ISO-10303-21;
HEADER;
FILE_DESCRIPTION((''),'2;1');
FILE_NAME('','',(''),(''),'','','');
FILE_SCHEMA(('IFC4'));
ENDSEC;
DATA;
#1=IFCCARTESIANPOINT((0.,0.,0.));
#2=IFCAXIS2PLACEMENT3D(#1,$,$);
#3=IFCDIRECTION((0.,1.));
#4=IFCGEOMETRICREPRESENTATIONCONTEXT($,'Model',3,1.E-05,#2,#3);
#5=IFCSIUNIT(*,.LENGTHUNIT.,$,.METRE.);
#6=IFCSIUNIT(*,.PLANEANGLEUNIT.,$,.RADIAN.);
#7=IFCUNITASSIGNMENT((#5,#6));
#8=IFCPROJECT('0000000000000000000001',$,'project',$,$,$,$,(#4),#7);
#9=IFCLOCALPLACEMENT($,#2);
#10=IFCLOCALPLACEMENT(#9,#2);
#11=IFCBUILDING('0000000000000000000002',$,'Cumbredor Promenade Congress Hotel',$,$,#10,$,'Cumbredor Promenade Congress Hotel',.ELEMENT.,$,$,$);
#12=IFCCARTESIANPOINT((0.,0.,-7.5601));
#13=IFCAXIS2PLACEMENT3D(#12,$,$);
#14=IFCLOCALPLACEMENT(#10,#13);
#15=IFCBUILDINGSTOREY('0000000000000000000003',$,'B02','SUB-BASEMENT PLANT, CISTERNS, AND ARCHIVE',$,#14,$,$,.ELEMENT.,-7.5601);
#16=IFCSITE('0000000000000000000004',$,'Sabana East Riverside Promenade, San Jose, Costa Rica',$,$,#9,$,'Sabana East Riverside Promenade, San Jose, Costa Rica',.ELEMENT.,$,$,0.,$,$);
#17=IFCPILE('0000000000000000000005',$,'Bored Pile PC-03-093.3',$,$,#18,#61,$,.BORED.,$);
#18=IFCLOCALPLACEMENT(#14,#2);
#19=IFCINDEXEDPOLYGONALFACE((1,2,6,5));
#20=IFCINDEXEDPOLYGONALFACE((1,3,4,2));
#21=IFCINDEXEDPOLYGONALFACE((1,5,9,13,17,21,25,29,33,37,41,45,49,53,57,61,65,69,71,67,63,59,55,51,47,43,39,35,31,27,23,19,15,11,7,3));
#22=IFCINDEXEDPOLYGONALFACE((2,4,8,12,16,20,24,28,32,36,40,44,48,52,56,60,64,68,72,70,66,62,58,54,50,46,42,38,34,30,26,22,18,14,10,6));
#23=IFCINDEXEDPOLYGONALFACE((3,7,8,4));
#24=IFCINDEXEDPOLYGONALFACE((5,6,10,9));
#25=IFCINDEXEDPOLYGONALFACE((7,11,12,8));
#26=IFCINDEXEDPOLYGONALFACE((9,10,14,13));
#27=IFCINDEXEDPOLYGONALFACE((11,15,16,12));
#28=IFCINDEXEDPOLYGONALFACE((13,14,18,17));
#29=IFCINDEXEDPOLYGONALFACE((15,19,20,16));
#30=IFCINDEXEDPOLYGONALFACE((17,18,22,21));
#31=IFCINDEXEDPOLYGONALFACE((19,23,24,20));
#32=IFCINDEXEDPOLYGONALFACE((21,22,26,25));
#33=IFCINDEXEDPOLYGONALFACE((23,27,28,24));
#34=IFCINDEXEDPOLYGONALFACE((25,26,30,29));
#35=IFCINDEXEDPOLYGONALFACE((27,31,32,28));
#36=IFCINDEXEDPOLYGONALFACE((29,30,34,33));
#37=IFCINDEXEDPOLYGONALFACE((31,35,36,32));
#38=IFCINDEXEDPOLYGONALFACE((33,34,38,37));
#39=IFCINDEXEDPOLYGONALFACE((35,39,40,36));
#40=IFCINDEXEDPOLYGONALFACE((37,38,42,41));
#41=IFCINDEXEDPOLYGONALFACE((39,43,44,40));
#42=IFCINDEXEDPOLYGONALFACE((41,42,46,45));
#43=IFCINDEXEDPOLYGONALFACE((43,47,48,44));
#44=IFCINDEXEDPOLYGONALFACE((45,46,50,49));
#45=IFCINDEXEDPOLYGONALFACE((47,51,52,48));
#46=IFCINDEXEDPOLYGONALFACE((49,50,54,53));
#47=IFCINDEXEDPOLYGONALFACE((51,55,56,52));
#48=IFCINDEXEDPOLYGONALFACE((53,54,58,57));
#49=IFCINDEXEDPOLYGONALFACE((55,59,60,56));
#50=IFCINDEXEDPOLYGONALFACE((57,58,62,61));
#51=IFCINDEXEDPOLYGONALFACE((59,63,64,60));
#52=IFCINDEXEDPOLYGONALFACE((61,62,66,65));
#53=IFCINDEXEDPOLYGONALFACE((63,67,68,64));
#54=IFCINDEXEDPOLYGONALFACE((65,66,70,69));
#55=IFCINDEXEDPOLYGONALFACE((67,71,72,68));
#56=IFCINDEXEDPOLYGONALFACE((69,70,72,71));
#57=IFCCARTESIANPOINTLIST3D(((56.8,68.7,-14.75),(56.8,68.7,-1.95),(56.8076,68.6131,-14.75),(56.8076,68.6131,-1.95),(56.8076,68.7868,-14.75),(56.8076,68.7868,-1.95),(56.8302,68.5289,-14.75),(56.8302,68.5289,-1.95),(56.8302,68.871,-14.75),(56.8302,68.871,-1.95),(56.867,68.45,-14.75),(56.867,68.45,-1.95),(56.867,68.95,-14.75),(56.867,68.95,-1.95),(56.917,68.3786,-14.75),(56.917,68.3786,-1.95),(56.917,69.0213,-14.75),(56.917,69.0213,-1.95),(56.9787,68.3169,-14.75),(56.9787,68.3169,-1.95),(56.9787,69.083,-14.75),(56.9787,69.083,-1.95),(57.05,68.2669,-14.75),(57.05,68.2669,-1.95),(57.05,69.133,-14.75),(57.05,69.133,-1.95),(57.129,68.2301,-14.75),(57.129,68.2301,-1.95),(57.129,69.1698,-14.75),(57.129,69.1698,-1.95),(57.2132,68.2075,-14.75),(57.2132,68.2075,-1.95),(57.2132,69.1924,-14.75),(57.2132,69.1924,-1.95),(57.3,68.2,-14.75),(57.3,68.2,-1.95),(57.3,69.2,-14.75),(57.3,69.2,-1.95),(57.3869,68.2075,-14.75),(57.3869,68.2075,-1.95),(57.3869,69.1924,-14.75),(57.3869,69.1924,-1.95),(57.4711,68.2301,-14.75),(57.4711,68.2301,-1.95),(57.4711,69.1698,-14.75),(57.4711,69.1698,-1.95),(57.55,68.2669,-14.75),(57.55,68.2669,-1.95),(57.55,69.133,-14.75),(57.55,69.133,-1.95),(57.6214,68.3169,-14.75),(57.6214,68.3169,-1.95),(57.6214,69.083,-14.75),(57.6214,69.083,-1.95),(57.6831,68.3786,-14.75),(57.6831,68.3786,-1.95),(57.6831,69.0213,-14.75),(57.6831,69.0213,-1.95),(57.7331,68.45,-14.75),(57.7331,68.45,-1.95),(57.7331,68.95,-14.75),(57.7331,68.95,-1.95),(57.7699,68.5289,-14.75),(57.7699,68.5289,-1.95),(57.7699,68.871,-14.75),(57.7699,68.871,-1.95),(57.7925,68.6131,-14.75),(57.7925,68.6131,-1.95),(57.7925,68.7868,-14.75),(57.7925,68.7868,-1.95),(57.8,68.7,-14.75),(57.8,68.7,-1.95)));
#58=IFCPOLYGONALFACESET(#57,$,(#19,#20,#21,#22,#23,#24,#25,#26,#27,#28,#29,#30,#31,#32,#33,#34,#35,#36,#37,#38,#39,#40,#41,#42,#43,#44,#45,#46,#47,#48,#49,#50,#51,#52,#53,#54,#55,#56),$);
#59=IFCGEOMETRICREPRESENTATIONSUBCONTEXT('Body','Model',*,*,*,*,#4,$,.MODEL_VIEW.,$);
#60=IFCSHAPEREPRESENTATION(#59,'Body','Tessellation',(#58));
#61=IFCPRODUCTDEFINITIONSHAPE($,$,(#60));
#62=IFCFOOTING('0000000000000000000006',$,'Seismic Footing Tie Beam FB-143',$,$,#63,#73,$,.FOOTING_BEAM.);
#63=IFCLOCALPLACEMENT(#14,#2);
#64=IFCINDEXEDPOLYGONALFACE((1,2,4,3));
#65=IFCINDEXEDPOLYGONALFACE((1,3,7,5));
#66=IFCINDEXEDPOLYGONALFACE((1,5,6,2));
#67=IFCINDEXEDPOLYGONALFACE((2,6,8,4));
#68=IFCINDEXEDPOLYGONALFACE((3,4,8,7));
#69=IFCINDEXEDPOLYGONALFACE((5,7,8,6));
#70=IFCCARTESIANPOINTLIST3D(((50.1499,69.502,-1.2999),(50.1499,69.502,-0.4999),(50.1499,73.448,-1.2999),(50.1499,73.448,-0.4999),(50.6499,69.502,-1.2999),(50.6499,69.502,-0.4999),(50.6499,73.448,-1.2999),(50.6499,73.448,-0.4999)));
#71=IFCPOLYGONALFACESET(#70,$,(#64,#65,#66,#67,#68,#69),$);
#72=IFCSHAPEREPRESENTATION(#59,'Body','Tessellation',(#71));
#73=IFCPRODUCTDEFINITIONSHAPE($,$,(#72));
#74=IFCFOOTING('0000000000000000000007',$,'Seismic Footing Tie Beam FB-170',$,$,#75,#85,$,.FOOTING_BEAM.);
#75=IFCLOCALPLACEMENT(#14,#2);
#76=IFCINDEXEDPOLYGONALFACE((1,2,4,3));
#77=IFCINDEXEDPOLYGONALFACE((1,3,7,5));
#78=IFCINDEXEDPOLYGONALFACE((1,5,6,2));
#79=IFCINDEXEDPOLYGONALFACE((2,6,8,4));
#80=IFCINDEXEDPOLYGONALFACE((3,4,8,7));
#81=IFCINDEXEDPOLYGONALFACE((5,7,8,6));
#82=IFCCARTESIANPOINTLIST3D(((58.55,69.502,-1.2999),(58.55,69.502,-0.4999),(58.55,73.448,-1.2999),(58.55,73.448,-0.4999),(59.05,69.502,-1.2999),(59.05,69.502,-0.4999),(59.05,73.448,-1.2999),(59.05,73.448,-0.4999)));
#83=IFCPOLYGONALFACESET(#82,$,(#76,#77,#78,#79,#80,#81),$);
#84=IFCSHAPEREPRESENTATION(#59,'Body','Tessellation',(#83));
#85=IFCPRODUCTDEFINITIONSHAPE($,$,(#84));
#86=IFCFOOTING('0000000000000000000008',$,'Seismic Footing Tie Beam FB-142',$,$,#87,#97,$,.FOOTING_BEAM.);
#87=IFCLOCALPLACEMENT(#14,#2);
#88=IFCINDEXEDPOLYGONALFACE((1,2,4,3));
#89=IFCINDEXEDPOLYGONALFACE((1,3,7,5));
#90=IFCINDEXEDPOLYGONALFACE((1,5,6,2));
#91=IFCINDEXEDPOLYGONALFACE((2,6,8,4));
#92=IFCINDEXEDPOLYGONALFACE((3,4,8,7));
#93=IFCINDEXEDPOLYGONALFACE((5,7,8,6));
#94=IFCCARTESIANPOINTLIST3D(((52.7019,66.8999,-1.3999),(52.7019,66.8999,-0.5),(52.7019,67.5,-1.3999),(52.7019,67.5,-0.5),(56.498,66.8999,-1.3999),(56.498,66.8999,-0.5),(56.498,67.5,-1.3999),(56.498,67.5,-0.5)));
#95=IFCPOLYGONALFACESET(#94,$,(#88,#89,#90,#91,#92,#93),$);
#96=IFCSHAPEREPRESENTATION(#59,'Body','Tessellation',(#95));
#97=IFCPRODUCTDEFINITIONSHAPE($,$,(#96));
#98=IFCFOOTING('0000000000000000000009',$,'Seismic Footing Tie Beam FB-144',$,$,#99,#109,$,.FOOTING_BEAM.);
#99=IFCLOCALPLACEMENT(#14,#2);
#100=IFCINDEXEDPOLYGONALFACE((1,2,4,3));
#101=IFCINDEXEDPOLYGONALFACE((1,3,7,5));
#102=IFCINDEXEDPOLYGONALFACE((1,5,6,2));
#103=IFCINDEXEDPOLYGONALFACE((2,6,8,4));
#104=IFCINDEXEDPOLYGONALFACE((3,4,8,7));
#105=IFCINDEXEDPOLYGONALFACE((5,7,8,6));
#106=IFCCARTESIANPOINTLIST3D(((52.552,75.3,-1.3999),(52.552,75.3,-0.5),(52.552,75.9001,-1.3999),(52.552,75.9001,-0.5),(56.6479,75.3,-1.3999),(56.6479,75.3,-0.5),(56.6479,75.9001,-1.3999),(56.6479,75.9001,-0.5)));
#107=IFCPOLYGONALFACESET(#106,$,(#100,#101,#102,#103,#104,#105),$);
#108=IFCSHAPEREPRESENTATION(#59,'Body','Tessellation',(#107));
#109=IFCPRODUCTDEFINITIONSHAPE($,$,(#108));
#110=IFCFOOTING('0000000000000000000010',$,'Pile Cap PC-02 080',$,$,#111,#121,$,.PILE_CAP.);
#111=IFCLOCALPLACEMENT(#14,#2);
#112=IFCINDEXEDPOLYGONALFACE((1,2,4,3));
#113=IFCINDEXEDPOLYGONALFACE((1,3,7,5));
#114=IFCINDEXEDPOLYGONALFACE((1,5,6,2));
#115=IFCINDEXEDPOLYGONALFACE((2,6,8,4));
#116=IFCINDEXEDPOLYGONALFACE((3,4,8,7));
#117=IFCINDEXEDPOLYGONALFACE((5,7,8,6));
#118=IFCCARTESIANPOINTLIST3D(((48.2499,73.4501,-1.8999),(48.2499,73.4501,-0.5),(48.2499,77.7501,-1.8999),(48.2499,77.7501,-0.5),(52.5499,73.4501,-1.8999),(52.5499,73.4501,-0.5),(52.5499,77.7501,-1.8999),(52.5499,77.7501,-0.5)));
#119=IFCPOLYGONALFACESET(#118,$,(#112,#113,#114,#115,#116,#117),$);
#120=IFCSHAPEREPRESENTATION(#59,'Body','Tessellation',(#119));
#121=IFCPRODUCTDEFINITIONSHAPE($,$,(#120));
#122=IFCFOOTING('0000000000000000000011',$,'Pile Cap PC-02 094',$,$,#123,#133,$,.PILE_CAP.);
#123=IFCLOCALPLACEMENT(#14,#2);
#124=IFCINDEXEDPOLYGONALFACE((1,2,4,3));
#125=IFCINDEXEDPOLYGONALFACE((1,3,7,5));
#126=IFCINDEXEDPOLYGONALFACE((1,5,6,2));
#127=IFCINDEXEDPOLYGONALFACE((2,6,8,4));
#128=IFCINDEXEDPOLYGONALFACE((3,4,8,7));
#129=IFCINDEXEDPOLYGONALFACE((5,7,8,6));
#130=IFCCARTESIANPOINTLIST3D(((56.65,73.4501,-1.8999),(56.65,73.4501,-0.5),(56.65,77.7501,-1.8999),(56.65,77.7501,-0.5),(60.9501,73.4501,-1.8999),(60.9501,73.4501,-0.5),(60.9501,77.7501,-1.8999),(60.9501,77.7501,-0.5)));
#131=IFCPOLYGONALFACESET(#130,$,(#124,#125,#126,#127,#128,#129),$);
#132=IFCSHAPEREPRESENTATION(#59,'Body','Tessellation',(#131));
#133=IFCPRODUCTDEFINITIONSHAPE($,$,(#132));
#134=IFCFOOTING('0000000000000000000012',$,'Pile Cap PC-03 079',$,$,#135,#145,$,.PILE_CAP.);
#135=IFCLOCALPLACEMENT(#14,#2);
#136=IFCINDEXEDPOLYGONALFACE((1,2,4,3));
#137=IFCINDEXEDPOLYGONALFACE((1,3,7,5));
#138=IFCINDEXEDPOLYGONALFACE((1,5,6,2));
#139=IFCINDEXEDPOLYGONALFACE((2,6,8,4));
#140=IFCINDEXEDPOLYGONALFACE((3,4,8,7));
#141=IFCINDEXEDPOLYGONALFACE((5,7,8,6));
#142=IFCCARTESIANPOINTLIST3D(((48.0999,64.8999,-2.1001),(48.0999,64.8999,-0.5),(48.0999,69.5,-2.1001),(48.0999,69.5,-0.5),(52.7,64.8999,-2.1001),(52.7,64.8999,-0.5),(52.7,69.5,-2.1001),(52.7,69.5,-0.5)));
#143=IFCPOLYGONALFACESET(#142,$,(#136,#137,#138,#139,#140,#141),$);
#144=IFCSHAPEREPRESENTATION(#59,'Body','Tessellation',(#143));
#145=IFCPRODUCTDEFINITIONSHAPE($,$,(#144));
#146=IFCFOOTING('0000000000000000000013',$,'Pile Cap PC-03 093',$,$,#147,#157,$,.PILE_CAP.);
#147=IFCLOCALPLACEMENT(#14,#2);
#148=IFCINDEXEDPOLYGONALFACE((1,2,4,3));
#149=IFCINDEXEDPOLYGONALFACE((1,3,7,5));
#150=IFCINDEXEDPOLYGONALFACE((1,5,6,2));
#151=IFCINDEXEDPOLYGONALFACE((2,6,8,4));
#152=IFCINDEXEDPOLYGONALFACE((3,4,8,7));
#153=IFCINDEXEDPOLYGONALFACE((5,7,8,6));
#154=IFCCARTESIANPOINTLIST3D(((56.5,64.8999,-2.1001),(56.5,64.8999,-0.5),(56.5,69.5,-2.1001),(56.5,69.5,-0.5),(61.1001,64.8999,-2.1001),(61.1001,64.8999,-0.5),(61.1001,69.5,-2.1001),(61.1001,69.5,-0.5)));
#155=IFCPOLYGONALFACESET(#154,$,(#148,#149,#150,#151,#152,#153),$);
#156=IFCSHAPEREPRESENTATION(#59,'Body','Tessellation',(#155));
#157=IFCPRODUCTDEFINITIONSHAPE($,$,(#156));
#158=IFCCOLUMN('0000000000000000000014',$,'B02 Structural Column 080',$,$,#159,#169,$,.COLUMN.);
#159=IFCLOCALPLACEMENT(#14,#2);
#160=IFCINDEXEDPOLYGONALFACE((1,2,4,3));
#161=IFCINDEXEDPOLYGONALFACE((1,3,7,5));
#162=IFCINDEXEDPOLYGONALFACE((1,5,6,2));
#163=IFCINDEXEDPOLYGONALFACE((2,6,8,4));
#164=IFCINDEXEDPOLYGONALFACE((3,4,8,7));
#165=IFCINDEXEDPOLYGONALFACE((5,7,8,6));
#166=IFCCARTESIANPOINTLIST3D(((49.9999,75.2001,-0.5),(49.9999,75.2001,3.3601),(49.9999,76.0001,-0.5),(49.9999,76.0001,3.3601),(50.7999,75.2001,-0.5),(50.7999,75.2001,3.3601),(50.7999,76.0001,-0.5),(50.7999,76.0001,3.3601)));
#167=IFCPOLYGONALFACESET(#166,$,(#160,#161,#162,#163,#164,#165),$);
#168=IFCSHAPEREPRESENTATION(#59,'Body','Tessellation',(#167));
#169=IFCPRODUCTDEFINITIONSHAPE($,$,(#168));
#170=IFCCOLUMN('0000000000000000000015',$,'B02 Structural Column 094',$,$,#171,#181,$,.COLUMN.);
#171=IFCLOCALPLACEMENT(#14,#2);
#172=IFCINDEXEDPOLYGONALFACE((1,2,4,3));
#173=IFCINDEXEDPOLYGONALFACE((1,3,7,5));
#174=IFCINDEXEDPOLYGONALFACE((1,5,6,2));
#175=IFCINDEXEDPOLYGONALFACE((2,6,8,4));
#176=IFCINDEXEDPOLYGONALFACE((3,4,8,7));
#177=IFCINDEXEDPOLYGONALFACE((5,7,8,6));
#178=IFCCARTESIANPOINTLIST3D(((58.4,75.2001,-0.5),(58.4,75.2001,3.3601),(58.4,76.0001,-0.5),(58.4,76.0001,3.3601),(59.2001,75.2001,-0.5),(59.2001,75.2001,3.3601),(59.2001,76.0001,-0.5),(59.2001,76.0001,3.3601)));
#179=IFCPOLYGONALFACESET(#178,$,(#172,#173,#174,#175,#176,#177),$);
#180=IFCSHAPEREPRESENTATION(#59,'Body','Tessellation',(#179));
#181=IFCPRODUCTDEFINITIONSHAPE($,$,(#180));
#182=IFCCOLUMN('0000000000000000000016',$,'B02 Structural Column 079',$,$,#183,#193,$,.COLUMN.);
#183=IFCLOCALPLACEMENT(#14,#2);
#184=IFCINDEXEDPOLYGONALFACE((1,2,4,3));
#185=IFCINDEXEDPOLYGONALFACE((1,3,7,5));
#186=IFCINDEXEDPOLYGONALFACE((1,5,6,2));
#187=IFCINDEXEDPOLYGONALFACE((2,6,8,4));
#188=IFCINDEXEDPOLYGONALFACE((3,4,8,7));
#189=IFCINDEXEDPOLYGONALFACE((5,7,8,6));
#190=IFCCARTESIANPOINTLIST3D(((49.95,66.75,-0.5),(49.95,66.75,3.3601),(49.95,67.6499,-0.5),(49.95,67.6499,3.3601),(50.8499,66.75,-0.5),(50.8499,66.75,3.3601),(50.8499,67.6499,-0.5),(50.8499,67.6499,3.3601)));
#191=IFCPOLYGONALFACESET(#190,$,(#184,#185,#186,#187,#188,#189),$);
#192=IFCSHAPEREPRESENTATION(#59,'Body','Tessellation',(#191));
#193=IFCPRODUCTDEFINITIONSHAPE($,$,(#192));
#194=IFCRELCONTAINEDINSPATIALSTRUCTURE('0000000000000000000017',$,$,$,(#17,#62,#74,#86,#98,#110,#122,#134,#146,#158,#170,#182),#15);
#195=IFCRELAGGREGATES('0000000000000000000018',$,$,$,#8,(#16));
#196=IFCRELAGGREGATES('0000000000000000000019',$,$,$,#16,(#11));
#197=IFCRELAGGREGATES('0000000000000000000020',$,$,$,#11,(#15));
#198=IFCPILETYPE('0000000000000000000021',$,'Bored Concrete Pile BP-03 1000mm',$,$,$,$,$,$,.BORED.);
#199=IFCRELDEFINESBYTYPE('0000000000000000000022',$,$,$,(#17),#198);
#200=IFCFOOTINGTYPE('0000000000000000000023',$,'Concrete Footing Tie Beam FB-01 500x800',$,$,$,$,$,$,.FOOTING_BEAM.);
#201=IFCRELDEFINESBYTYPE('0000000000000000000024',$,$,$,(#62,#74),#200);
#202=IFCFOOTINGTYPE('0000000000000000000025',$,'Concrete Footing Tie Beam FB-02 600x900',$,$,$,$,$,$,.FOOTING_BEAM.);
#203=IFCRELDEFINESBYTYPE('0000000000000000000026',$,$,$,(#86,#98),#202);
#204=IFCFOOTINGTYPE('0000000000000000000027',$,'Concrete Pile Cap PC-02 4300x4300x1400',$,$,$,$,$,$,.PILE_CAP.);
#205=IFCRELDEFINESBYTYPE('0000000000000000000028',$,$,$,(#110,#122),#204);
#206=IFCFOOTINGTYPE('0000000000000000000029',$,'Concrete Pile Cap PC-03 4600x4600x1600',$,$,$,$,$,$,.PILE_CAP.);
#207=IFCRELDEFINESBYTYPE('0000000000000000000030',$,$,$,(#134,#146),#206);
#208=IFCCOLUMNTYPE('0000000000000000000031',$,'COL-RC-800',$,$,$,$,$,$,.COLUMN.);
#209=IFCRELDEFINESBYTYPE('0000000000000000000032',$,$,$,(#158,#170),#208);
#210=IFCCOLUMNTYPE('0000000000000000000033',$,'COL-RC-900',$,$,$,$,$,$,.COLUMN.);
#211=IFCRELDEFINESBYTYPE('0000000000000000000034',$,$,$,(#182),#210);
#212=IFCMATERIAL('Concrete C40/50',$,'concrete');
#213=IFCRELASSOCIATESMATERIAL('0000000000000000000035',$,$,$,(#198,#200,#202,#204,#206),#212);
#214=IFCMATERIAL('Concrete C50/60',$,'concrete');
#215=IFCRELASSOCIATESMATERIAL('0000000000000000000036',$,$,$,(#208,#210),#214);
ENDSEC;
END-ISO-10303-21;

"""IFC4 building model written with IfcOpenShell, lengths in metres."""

from ifc_helpers import new_model, si_unit, direction, frame, origin, origin_2d, place, context, subcontext, project, spatial, rectangle, circle, extrude, material, material_profile, profile_set, type_object, element, save


model = new_model("IFC4")

# Units and contexts
model_context = context("Model", 3, precision=1e-05, world=origin(), true_north=direction((0.0, 1.0)))
body_context = subcontext(model_context, "Body", "Model", "MODEL_VIEW")
ifc_project = project(units=[si_unit("LENGTHUNIT", "METRE"), si_unit("PLANEANGLEUNIT", "RADIAN")], contexts=[model_context])

# Site, building, storey
site_placement = place(None, origin())
site = spatial("IfcSite", under=ifc_project, at=site_placement, Name="Sabana East Riverside Promenade, San Jose, Costa Rica", LongName="Sabana East Riverside Promenade, San Jose, Costa Rica", CompositionType="ELEMENT", RefElevation=0.0)
building_placement = place(site_placement, origin())
building = spatial("IfcBuilding", under=site, at=building_placement, Name="Cumbredor Promenade Congress Hotel", LongName="Cumbredor Promenade Congress Hotel", CompositionType="ELEMENT")
storey_placement = place(building_placement, frame((0.0, 0.0, -7.5601)))
storey = spatial("IfcBuildingStorey", under=building, at=storey_placement, Name="B02", Description="SUB-BASEMENT PLANT, CISTERNS, AND ARCHIVE", CompositionType="ELEMENT", Elevation=-7.5601)

# Pile
ifc_material_1 = material(Name="Concrete C40/50", Category="concrete")
ifc_material_profile_1 = material_profile(ifc_material_1, circle(Radius=0.5, at=origin_2d()), Name="PILE D1000")
ifc_profile_set_1 = profile_set([ifc_material_profile_1], Name="Concrete C40/50")
pile_type_1 = type_object("IfcPileType", Name="Bored Concrete Pile BP-03 1000mm", PredefinedType="BORED", material=ifc_profile_set_1)
for number, where, z_axis, x_axis, name in (
    (1, (57.3, 68.7, -1.95), (0.0, 0.0, -1.0), (1.0, 0.0, 0.0), "Bored Pile PC-03-093.3"),
):
    element("IfcPile", number, at=place(storey_placement, frame(where, z_axis=z_axis, x_axis=x_axis)), inside=storey, type_object=pile_type_1, Name=name, PredefinedType="BORED", context=body_context, shape_type="SweptSolid", body=[
        extrude(circle(Radius=0.5, at=origin_2d()), origin(), (0.0, 0.0, 1.0), 12.8),
    ])

# Footings
ifc_material_profile_2 = material_profile(ifc_material_1, rectangle(XDim=0.5, YDim=0.8, at=origin_2d()), Name="FB 500x800")
ifc_profile_set_2 = profile_set([ifc_material_profile_2], Name="Concrete C40/50")
footing_type_1 = type_object("IfcFootingType", Name="Concrete Footing Tie Beam FB-01 500x800", PredefinedType="FOOTING_BEAM", material=ifc_profile_set_2)
for number, where, z_axis, x_axis, name in (
    (2, (50.3999, 69.502, -0.8999), (0.0, 1.0, 0.0), (-1.0, 0.0, 0.0), "Seismic Footing Tie Beam FB-143"),
    (3, (58.8, 69.502, -0.8999), (0.0, 1.0, 0.0), (-1.0, 0.0, 0.0), "Seismic Footing Tie Beam FB-170"),
):
    element("IfcFooting", number, at=place(storey_placement, frame(where, z_axis=z_axis, x_axis=x_axis)), inside=storey, type_object=footing_type_1, Name=name, PredefinedType="FOOTING_BEAM", context=body_context, shape_type="SweptSolid", body=[
        extrude(rectangle(XDim=0.5, YDim=0.8, at=origin_2d()), origin(), (0.0, 0.0, 1.0), 3.946),
    ])
ifc_material_profile_3 = material_profile(ifc_material_1, rectangle(XDim=0.6001, YDim=0.8999, at=origin_2d()), Name="FB 600x900")
ifc_profile_set_3 = profile_set([ifc_material_profile_3], Name="Concrete C40/50")
footing_type_2 = type_object("IfcFootingType", Name="Concrete Footing Tie Beam FB-02 600x900", PredefinedType="FOOTING_BEAM", material=ifc_profile_set_3)
footing_1_placement = place(storey_placement, frame((52.7019, 67.2, -0.95), z_axis=(1.0, 0.0, 0.0), x_axis=(0.0, 1.0, 0.0)))
element("IfcFooting", 4, at=footing_1_placement, inside=storey, type_object=footing_type_2, Name="Seismic Footing Tie Beam FB-142", PredefinedType="FOOTING_BEAM", context=body_context, shape_type="SweptSolid", body=[
    extrude(rectangle(XDim=0.6001, YDim=0.8999, at=origin_2d()), origin(), (0.0, 0.0, 1.0), 3.7961),
])
footing_2_placement = place(storey_placement, frame((52.552, 75.6001, -0.95), z_axis=(1.0, 0.0, 0.0), x_axis=(0.0, 1.0, 0.0)))
element("IfcFooting", 5, at=footing_2_placement, inside=storey, type_object=footing_type_2, Name="Seismic Footing Tie Beam FB-144", PredefinedType="FOOTING_BEAM", context=body_context, shape_type="SweptSolid", body=[
    extrude(rectangle(XDim=0.6001, YDim=0.8999, at=origin_2d()), origin(), (0.0, 0.0, 1.0), 4.0959),
])
footing_type_3 = type_object("IfcFootingType", Name="Concrete Pile Cap PC-02 4300x4300x1400", PredefinedType="PILE_CAP", material=ifc_material_1)
for number, where, z_axis, x_axis, name in (
    (6, (50.3999, 75.6001, -1.8999), (0.0, 0.0, 1.0), (1.0, 0.0, 0.0), "Pile Cap PC-02 080"),
    (7, (58.8, 75.6001, -1.8999), (0.0, 0.0, 1.0), (1.0, 0.0, 0.0), "Pile Cap PC-02 094"),
):
    element("IfcFooting", number, at=place(storey_placement, frame(where, z_axis=z_axis, x_axis=x_axis)), inside=storey, type_object=footing_type_3, Name=name, PredefinedType="PILE_CAP", context=body_context, shape_type="SweptSolid", body=[
        extrude(rectangle(XDim=4.3, YDim=4.3, at=origin_2d()), origin(), (0.0, 0.0, 1.0), 1.3999),
    ])
footing_type_4 = type_object("IfcFootingType", Name="Concrete Pile Cap PC-03 4600x4600x1600", PredefinedType="PILE_CAP", material=ifc_material_1)
for number, where, z_axis, x_axis, name in (
    (8, (50.3999, 67.2, -2.1001), (0.0, 0.0, 1.0), (1.0, 0.0, 0.0), "Pile Cap PC-03 079"),
    (9, (58.8, 67.2, -2.1001), (0.0, 0.0, 1.0), (1.0, 0.0, 0.0), "Pile Cap PC-03 093"),
):
    element("IfcFooting", number, at=place(storey_placement, frame(where, z_axis=z_axis, x_axis=x_axis)), inside=storey, type_object=footing_type_4, Name=name, PredefinedType="PILE_CAP", context=body_context, shape_type="SweptSolid", body=[
        extrude(rectangle(XDim=4.6001, YDim=4.6001, at=origin_2d()), origin(), (0.0, 0.0, 1.0), 1.6001),
    ])

# Columns
ifc_material_2 = material(Name="Concrete C50/60", Category="concrete")
ifc_material_profile_4 = material_profile(ifc_material_2, rectangle(XDim=0.8, YDim=0.8, at=origin_2d()), Name="RC 800x800")
ifc_profile_set_4 = profile_set([ifc_material_profile_4], Name="Concrete C50/60")
column_type_1 = type_object("IfcColumnType", Name="COL-RC-800", PredefinedType="COLUMN", material=ifc_profile_set_4)
for number, where, z_axis, x_axis, name in (
    (10, (50.3999, 75.6001, -0.5), (0.0, 0.0, 1.0), (1.0, 0.0, 0.0), "B02 Structural Column 080"),
    (11, (58.8, 75.6001, -0.5), (0.0, 0.0, 1.0), (1.0, 0.0, 0.0), "B02 Structural Column 094"),
):
    element("IfcColumn", number, at=place(storey_placement, frame(where, z_axis=z_axis, x_axis=x_axis)), inside=storey, type_object=column_type_1, Name=name, PredefinedType="COLUMN", context=body_context, shape_type="SweptSolid", body=[
        extrude(rectangle(XDim=0.8, YDim=0.8, at=origin_2d()), origin(), (0.0, 0.0, 1.0), 3.8601),
    ])
ifc_material_profile_5 = material_profile(ifc_material_2, rectangle(XDim=0.8999, YDim=0.8999, at=origin_2d()), Name="RC 900x900")
ifc_profile_set_5 = profile_set([ifc_material_profile_5], Name="Concrete C50/60")
column_type_2 = type_object("IfcColumnType", Name="COL-RC-900", PredefinedType="COLUMN", material=ifc_profile_set_5)
for number, where, z_axis, x_axis, name in (
    (12, (50.3999, 67.2, -0.5), (0.0, 0.0, 1.0), (1.0, 0.0, 0.0), "B02 Structural Column 079"),
):
    element("IfcColumn", number, at=place(storey_placement, frame(where, z_axis=z_axis, x_axis=x_axis)), inside=storey, type_object=column_type_2, Name=name, PredefinedType="COLUMN", context=body_context, shape_type="SweptSolid", body=[
        extrude(rectangle(XDim=0.8999, YDim=0.8999, at=origin_2d()), origin(), (0.0, 0.0, 1.0), 3.8601),
    ])

save(model, "model.ifc")
